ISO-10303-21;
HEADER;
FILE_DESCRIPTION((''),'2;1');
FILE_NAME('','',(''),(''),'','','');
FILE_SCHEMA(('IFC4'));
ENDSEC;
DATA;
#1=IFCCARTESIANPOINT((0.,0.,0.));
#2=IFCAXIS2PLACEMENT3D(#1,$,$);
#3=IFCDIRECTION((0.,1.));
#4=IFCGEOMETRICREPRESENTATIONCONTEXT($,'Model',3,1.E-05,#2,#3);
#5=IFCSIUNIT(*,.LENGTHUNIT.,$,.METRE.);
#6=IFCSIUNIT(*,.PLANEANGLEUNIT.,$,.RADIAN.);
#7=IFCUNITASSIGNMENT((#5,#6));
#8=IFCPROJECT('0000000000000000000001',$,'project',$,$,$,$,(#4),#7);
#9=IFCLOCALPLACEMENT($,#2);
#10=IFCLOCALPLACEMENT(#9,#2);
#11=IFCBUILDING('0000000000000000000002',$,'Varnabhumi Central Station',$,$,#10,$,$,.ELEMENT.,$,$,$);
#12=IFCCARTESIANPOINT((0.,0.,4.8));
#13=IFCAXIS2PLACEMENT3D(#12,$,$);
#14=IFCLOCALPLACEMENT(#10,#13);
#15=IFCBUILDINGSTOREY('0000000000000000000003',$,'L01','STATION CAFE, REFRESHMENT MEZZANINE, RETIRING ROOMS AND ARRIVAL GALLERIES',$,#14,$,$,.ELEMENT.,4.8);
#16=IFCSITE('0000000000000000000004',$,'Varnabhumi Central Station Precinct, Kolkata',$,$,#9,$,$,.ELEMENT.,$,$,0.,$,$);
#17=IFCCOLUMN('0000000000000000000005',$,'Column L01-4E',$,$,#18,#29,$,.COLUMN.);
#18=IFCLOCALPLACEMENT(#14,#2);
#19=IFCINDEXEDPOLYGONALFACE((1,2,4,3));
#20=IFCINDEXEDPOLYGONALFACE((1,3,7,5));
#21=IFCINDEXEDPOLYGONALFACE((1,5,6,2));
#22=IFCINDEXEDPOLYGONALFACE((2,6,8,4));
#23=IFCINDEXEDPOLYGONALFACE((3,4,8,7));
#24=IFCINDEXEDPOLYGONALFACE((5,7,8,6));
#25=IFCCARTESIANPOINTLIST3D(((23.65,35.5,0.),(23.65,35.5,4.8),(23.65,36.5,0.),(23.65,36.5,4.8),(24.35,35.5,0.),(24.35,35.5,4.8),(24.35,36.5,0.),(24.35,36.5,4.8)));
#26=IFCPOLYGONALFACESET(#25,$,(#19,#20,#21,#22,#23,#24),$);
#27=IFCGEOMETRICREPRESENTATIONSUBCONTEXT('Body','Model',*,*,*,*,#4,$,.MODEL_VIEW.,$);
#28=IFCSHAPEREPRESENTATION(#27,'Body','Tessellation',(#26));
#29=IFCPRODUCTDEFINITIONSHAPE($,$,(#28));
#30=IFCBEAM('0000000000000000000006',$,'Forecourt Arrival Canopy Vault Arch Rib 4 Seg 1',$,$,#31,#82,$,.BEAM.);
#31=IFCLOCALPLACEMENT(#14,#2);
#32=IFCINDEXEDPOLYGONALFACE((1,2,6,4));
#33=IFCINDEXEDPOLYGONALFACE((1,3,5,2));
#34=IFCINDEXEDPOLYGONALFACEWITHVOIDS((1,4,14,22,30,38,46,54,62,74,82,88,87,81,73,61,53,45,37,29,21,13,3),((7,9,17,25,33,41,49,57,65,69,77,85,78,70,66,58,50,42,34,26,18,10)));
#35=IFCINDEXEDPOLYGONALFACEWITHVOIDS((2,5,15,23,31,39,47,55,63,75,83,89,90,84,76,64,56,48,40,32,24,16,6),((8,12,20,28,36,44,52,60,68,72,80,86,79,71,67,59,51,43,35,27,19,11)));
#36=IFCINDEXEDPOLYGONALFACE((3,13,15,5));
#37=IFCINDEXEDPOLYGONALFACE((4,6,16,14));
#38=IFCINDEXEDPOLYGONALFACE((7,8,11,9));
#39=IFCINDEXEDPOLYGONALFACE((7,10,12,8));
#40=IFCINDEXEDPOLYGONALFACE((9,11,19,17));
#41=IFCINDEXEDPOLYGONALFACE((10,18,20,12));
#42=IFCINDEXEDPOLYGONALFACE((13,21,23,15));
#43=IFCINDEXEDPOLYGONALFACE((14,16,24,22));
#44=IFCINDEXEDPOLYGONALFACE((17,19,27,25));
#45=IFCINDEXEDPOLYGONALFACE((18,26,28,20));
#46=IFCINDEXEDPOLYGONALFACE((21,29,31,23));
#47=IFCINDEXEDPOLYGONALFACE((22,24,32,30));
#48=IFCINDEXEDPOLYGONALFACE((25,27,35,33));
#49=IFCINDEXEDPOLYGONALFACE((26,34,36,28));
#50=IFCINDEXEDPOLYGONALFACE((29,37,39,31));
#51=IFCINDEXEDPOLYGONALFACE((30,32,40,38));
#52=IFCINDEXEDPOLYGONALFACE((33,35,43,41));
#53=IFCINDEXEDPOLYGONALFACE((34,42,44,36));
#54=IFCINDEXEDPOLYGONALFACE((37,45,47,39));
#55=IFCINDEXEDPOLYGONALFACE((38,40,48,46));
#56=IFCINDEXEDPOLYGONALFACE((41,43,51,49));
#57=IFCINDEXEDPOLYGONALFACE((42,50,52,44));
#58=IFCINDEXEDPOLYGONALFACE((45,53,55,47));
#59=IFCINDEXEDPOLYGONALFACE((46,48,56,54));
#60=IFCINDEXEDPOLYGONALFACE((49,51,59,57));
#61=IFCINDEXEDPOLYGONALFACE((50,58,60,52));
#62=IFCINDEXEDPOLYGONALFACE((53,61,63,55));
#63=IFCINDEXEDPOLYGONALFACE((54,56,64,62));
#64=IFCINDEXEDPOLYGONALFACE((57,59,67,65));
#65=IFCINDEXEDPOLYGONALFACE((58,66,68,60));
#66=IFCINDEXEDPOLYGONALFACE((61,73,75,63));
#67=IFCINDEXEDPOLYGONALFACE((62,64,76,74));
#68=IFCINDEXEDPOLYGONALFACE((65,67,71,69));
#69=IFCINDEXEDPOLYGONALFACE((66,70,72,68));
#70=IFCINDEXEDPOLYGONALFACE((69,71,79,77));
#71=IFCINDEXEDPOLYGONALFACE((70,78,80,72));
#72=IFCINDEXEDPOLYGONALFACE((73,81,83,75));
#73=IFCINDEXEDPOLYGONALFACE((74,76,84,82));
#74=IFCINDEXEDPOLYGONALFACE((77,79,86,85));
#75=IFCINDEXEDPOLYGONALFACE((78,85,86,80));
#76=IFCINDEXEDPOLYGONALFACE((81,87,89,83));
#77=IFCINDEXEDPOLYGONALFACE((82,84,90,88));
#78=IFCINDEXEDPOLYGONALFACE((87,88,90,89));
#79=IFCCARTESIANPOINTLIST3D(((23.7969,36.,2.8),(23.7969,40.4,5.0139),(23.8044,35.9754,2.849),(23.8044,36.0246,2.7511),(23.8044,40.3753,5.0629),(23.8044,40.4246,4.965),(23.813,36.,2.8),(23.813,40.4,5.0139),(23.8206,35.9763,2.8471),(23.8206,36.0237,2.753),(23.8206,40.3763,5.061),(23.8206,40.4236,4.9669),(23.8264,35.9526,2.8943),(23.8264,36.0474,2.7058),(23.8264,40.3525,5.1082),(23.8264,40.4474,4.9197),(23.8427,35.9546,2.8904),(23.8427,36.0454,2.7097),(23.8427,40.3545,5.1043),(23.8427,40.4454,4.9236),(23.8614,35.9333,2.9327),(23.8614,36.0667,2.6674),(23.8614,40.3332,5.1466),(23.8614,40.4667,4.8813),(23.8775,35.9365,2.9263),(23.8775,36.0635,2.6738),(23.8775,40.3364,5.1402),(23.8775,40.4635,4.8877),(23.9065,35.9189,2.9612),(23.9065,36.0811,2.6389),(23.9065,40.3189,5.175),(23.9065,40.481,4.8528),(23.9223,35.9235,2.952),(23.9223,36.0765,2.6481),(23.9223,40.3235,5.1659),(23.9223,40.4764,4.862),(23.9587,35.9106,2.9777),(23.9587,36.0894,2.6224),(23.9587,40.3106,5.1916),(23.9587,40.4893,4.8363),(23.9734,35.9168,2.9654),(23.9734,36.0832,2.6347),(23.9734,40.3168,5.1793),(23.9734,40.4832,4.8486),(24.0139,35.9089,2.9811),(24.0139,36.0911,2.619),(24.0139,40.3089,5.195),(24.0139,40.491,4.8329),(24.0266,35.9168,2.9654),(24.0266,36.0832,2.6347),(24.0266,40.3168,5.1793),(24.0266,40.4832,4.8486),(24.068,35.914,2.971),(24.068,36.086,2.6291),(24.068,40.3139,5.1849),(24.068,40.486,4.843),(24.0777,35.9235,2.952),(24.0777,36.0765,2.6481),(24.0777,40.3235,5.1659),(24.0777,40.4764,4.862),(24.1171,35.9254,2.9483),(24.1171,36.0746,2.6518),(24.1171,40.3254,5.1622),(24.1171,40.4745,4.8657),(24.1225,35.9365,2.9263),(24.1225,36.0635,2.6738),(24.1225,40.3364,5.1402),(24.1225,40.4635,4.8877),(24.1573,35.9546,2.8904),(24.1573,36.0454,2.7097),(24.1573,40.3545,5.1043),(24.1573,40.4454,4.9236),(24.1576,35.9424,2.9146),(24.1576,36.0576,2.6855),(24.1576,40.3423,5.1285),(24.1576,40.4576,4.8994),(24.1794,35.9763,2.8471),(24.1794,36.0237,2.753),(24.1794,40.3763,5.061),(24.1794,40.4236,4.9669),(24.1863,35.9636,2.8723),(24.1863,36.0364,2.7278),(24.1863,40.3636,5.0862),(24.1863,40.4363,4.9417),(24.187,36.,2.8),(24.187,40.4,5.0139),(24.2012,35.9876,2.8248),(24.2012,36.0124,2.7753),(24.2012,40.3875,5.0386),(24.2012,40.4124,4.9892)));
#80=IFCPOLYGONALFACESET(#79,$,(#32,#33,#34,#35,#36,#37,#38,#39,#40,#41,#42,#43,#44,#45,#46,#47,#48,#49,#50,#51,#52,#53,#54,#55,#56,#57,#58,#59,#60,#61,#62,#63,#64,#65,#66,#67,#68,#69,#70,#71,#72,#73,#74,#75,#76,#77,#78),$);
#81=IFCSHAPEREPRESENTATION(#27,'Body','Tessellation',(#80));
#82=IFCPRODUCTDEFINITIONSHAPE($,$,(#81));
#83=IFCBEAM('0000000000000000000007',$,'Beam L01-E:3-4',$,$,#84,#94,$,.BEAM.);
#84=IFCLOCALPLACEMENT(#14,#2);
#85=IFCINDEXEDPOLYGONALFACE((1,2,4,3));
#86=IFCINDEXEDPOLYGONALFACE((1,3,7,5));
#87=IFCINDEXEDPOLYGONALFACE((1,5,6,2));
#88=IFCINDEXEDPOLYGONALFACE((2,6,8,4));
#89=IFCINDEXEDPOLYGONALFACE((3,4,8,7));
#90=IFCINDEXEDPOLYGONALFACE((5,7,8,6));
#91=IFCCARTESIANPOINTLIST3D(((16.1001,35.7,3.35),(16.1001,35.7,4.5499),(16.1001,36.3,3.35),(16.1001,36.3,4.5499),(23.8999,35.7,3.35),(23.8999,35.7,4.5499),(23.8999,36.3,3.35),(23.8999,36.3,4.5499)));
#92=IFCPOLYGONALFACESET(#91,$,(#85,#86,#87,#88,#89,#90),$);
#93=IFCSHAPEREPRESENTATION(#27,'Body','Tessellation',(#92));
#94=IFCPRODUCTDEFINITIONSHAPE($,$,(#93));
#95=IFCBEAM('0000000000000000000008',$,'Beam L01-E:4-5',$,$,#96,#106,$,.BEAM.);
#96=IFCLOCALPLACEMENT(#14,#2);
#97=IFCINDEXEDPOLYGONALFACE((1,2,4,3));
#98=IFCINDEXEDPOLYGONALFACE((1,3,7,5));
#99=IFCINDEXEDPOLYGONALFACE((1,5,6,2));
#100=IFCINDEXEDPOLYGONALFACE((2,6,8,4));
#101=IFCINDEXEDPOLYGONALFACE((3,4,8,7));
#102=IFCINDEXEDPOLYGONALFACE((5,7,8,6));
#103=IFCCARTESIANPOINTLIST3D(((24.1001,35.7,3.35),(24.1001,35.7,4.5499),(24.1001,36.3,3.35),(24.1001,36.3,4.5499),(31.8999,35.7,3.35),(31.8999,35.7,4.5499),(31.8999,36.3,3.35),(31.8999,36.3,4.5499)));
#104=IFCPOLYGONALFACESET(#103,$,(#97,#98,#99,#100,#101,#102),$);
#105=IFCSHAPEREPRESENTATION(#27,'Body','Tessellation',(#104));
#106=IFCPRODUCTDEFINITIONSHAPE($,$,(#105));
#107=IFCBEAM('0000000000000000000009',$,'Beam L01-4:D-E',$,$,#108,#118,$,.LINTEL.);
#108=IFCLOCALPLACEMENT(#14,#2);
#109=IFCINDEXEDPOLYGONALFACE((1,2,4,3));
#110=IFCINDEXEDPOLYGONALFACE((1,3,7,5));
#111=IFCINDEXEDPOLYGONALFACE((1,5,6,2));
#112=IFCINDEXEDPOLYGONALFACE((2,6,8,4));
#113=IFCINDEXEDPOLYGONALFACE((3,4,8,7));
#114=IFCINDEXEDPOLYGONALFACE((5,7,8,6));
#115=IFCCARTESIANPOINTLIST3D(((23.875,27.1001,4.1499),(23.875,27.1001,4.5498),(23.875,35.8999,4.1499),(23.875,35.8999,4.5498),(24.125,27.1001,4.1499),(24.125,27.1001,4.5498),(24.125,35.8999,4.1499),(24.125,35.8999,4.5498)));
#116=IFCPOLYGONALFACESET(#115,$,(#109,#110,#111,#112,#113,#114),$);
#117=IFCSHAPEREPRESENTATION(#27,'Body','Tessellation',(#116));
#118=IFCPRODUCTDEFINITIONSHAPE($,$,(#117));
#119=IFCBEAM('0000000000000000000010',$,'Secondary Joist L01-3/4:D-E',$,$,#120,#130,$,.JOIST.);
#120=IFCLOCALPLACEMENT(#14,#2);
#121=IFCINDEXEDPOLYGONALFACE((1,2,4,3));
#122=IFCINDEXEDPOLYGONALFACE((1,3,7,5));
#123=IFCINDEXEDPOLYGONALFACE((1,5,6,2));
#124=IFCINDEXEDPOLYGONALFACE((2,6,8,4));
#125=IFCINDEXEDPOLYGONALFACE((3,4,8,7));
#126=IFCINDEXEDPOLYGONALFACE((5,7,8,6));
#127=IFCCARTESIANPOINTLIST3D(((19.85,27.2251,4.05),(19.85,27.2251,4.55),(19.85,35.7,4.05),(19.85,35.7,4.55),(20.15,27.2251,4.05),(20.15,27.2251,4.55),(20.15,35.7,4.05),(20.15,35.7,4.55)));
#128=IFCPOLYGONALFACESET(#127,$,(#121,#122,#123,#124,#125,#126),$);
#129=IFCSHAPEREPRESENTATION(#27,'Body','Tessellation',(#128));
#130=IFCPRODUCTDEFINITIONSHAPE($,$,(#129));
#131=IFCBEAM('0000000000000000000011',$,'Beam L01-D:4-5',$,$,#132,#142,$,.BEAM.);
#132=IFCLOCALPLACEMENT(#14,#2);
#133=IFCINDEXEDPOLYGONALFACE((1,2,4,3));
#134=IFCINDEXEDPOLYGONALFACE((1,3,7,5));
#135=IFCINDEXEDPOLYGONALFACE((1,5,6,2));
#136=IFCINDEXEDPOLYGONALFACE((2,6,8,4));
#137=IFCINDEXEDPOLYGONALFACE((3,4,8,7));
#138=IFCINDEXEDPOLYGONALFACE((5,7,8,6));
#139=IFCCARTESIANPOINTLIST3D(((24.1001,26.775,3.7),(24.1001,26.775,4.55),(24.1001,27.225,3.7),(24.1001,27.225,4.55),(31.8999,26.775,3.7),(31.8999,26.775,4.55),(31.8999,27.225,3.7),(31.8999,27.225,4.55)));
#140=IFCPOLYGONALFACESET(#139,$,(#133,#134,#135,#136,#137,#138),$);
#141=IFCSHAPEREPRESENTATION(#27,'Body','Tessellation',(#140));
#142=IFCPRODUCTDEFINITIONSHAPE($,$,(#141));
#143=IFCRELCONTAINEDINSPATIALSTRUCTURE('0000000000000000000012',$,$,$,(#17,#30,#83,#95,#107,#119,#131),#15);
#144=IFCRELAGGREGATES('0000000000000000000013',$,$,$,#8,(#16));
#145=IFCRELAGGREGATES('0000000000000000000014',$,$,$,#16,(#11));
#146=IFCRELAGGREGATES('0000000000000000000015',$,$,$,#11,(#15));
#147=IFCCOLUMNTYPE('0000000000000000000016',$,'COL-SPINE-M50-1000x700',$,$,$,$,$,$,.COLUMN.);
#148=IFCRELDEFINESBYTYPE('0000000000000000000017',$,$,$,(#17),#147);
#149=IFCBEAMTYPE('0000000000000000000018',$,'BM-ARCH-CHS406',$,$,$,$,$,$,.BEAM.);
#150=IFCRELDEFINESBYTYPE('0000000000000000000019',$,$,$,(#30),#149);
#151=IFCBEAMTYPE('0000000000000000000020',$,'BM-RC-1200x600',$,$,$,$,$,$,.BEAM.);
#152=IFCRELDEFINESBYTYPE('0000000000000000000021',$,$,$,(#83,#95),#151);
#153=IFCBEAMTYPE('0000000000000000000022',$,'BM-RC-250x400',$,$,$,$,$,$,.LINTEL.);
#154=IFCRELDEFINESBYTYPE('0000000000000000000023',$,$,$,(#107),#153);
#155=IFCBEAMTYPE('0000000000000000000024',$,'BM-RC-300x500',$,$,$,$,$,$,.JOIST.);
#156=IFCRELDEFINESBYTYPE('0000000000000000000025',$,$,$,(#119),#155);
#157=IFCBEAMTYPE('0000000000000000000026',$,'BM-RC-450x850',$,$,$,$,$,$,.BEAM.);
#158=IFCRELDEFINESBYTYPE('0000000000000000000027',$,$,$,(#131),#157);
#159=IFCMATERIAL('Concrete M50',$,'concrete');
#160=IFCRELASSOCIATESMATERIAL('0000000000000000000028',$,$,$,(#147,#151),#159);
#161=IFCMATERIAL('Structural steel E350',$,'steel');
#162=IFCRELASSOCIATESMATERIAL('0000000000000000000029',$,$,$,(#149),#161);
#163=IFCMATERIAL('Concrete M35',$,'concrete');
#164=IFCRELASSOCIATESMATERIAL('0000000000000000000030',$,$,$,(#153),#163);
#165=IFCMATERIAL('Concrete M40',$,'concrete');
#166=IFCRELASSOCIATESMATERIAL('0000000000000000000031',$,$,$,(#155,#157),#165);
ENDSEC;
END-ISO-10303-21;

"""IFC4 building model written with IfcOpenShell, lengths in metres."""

from ifc_helpers import new_model, si_unit, direction, frame, origin, origin_2d, place, context, subcontext, project, spatial, rectangle, hollow_circle, extrude, material, material_profile, profile_set, type_object, element, save


model = new_model("IFC4")

# Units and contexts
model_context = context("Model", 3, precision=1e-05, world=origin(), true_north=direction((0.0, 1.0)))
body_context = subcontext(model_context, "Body", "Model", "MODEL_VIEW")
ifc_project = project(units=[si_unit("LENGTHUNIT", "METRE"), si_unit("PLANEANGLEUNIT", "RADIAN")], contexts=[model_context])

# Site, building, storey
site_placement = place(None, origin())
site = spatial("IfcSite", under=ifc_project, at=site_placement, Name="Varnabhumi Central Station Precinct, Kolkata", CompositionType="ELEMENT", RefElevation=0.0)
building_placement = place(site_placement, origin())
building = spatial("IfcBuilding", under=site, at=building_placement, Name="Varnabhumi Central Station", CompositionType="ELEMENT")
storey_placement = place(building_placement, frame((0.0, 0.0, 4.8)))
storey = spatial("IfcBuildingStorey", under=building, at=storey_placement, Name="L01", Description="STATION CAFE, REFRESHMENT MEZZANINE, RETIRING ROOMS AND ARRIVAL GALLERIES", CompositionType="ELEMENT", Elevation=4.8)

# Column
ifc_material_1 = material(Name="Concrete M50", Category="concrete")
ifc_material_profile_1 = material_profile(ifc_material_1, rectangle(XDim=0.7, YDim=1.0, at=origin_2d()), Name="Concrete M50", Category="concrete")
ifc_profile_set_1 = profile_set([ifc_material_profile_1], Name="Concrete M50")
column_type = type_object("IfcColumnType", Name="COL-SPINE-M50-1000x700", PredefinedType="COLUMN", material=ifc_profile_set_1)
column_placement = place(storey_placement, frame((24.0, 36.0, 0.0), z_axis=(0.0, 0.0, 1.0), x_axis=(1.0, 0.0, 0.0)))
element("IfcColumn", 1, at=column_placement, inside=storey, type_object=column_type, Name="Column L01-4E", PredefinedType="COLUMN", context=body_context, shape_type="SweptSolid", body=[
    extrude(rectangle(XDim=0.7, YDim=1.0, at=origin_2d()), origin(), (0.0, 0.0, 1.0), 4.8),
])

# Beams
ifc_material_2 = material(Name="Structural steel E350", Category="steel")
ifc_material_profile_2 = material_profile(ifc_material_2, hollow_circle(Radius=0.2031, WallThickness=0.0161, at=origin_2d()), Name="Structural steel E350", Category="steel")
ifc_profile_set_2 = profile_set([ifc_material_profile_2], Name="Structural steel E350")
beam_type_1 = type_object("IfcBeamType", Name="BM-ARCH-CHS406", PredefinedType="BEAM", material=ifc_profile_set_2)
beam_1_placement = place(storey_placement, frame((24.0, 36.0, 2.8), z_axis=(0.0, 0.893294, 0.449472), x_axis=(-1.0, 0.0, 0.0)))
element("IfcBeam", 2, at=beam_1_placement, inside=storey, type_object=beam_type_1, Name="Forecourt Arrival Canopy Vault Arch Rib 4 Seg 1", PredefinedType="BEAM", context=body_context, shape_type="SweptSolid", body=[
    extrude(hollow_circle(Radius=0.2031, WallThickness=0.0161, at=origin_2d()), origin(), (0.0, 0.0, 1.0), 4.9255),
])
ifc_material_profile_3 = material_profile(ifc_material_1, rectangle(XDim=0.6001, YDim=1.2, at=origin_2d()), Name="Concrete M50", Category="concrete")
ifc_profile_set_3 = profile_set([ifc_material_profile_3], Name="Concrete M50")
beam_type_2 = type_object("IfcBeamType", Name="BM-RC-1200x600", PredefinedType="BEAM", material=ifc_profile_set_3)
for number, where, z_axis, x_axis, name in (
    (3, (16.1001, 36.0, 3.95), (1.0, 0.0, 0.0), (0.0, 1.0, 0.0), "Beam L01-E:3-4"),
    (4, (24.1001, 36.0, 3.95), (1.0, 0.0, 0.0), (0.0, 1.0, 0.0), "Beam L01-E:4-5"),
):
    element("IfcBeam", number, at=place(storey_placement, frame(where, z_axis=z_axis, x_axis=x_axis)), inside=storey, type_object=beam_type_2, Name=name, PredefinedType="BEAM", context=body_context, shape_type="SweptSolid", body=[
        extrude(rectangle(XDim=0.6001, YDim=1.2, at=origin_2d()), origin(), (0.0, 0.0, 1.0), 7.7998),
    ])
ifc_material_3 = material(Name="Concrete M35", Category="concrete")
ifc_material_profile_4 = material_profile(ifc_material_3, rectangle(XDim=0.25, YDim=0.3999, at=origin_2d()), Name="Concrete M35", Category="concrete")
ifc_profile_set_4 = profile_set([ifc_material_profile_4], Name="Concrete M35")
beam_type_3 = type_object("IfcBeamType", Name="BM-RC-250x400", PredefinedType="LINTEL", material=ifc_profile_set_4)
beam_2_placement = place(storey_placement, frame((24.0, 27.1001, 4.3499), z_axis=(0.0, 1.0, 0.0), x_axis=(-1.0, 0.0, 0.0)))
element("IfcBeam", 5, at=beam_2_placement, inside=storey, type_object=beam_type_3, Name="Beam L01-4:D-E", PredefinedType="LINTEL", context=body_context, shape_type="SweptSolid", body=[
    extrude(rectangle(XDim=0.25, YDim=0.3999, at=origin_2d()), origin(), (0.0, 0.0, 1.0), 8.7998),
])
ifc_material_4 = material(Name="Concrete M40", Category="concrete")
ifc_material_profile_5 = material_profile(ifc_material_4, rectangle(XDim=0.3, YDim=0.5, at=origin_2d()), Name="Concrete M40", Category="concrete")
ifc_profile_set_5 = profile_set([ifc_material_profile_5], Name="Concrete M40")
beam_type_4 = type_object("IfcBeamType", Name="BM-RC-300x500", PredefinedType="JOIST", material=ifc_profile_set_5)
beam_3_placement = place(storey_placement, frame((20.0, 27.2251, 4.3), z_axis=(0.0, 1.0, 0.0), x_axis=(-1.0, 0.0, 0.0)))
element("IfcBeam", 6, at=beam_3_placement, inside=storey, type_object=beam_type_4, Name="Secondary Joist L01-3/4:D-E", PredefinedType="JOIST", context=body_context, shape_type="SweptSolid", body=[
    extrude(rectangle(XDim=0.3, YDim=0.5, at=origin_2d()), origin(), (0.0, 0.0, 1.0), 8.4749),
])
ifc_material_profile_6 = material_profile(ifc_material_4, rectangle(XDim=0.45, YDim=0.8501, at=origin_2d()), Name="Concrete M40", Category="concrete")
ifc_profile_set_6 = profile_set([ifc_material_profile_6], Name="Concrete M40")
beam_type_5 = type_object("IfcBeamType", Name="BM-RC-450x850", PredefinedType="BEAM", material=ifc_profile_set_6)
beam_4_placement = place(storey_placement, frame((24.1001, 27.0, 4.125), z_axis=(1.0, 0.0, 0.0), x_axis=(0.0, 1.0, 0.0)))
element("IfcBeam", 7, at=beam_4_placement, inside=storey, type_object=beam_type_5, Name="Beam L01-D:4-5", PredefinedType="BEAM", context=body_context, shape_type="SweptSolid", body=[
    extrude(rectangle(XDim=0.45, YDim=0.8501, at=origin_2d()), origin(), (0.0, 0.0, 1.0), 7.7998),
])

save(model, "model.ifc")
